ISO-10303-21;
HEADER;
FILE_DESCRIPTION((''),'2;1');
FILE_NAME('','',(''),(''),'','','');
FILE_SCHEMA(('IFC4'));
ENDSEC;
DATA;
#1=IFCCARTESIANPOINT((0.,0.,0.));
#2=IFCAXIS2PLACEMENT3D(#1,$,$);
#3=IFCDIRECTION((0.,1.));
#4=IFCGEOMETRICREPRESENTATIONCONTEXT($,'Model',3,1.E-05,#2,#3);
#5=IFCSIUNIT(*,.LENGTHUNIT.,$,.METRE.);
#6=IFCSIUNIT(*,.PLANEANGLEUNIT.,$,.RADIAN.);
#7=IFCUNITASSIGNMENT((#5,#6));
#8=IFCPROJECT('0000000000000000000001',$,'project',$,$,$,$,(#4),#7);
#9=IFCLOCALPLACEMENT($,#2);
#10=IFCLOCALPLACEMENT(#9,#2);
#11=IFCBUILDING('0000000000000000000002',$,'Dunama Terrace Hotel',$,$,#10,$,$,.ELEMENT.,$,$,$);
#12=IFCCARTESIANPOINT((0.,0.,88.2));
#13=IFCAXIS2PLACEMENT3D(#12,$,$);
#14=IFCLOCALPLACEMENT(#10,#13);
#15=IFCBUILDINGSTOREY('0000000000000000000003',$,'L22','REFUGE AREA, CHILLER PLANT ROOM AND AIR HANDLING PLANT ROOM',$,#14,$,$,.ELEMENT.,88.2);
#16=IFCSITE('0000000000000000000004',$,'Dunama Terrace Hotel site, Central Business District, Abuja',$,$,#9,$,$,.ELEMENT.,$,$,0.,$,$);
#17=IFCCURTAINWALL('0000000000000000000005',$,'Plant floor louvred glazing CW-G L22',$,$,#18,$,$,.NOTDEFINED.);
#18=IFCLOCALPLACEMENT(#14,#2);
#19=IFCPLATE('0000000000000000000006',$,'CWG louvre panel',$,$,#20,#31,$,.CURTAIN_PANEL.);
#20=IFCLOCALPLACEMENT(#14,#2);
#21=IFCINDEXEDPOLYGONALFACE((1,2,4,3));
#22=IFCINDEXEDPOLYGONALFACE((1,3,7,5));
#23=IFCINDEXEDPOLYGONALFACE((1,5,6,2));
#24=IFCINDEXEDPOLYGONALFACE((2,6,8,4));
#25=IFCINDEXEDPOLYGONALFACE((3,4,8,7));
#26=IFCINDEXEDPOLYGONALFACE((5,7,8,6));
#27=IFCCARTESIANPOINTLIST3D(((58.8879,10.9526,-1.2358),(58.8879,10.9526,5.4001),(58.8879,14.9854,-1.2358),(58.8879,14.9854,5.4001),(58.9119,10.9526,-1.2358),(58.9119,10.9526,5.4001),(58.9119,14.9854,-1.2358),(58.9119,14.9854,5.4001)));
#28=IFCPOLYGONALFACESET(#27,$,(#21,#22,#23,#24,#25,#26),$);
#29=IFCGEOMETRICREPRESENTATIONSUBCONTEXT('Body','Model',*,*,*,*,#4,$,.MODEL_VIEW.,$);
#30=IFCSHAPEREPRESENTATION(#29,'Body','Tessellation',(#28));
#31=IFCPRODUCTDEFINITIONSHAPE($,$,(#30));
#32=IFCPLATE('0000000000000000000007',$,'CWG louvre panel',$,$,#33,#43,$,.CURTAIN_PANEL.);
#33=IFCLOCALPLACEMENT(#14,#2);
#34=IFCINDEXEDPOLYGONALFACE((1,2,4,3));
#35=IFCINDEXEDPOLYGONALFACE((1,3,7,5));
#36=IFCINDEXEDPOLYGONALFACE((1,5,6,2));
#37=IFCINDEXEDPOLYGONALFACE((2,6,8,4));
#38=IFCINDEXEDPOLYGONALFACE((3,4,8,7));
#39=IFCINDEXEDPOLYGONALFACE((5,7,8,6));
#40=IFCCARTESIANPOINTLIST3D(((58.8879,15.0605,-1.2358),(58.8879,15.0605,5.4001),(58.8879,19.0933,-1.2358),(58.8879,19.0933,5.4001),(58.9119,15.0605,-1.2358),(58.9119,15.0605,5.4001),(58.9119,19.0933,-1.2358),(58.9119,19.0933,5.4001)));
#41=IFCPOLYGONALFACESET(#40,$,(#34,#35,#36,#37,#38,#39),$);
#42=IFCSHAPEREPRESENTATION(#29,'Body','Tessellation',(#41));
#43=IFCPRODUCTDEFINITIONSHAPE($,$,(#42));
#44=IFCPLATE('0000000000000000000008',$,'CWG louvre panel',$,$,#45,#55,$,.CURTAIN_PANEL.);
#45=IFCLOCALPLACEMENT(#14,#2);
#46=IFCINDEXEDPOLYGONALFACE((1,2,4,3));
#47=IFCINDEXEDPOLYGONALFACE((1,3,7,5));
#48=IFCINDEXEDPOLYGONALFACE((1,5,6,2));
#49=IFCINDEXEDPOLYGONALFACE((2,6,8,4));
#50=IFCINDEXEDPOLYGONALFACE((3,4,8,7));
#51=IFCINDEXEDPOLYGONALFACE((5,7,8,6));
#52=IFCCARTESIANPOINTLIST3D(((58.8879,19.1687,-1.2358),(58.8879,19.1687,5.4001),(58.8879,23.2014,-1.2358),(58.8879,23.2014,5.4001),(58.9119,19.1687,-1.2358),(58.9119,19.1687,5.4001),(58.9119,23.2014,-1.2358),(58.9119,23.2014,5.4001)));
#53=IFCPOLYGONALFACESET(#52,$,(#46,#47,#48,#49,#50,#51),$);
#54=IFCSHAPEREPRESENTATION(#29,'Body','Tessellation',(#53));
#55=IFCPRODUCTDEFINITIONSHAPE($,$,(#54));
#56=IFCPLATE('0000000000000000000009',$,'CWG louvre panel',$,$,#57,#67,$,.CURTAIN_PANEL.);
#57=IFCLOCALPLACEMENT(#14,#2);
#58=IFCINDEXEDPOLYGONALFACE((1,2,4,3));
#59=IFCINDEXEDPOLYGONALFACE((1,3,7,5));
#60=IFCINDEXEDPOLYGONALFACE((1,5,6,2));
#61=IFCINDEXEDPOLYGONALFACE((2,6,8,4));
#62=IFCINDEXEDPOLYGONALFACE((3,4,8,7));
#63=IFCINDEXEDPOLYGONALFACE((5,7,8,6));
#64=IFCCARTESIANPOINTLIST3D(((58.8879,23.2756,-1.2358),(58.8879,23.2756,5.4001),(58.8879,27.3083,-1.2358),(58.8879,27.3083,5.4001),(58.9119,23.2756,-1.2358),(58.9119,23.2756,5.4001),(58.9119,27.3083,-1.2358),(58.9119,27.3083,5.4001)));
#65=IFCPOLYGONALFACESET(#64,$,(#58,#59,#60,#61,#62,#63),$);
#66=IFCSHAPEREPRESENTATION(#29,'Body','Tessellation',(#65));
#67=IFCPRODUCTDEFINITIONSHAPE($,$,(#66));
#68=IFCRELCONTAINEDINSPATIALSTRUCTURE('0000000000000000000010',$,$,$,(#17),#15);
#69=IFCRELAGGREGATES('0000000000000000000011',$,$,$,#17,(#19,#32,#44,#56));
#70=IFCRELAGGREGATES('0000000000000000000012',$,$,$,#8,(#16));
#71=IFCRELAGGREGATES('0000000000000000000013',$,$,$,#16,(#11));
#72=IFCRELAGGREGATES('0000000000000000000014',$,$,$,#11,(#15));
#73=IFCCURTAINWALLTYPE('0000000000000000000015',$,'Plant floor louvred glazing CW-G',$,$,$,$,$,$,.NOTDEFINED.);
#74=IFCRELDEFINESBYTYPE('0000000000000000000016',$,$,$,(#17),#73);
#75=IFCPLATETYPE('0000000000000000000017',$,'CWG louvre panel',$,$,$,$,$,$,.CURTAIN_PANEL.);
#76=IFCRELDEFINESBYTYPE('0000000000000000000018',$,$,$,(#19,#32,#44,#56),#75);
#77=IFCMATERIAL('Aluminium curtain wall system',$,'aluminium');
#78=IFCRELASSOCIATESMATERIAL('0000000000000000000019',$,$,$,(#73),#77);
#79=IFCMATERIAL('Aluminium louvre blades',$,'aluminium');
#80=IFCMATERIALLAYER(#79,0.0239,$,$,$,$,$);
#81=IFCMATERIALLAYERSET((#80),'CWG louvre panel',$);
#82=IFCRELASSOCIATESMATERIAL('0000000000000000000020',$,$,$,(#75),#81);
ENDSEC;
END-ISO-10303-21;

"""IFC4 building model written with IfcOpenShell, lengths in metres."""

from ifc_helpers import new_model, si_unit, direction, frame, origin, origin_2d, place, context, subcontext, project, spatial, rectangle, extrude, material, layer, layer_set, type_object, element, aggregate, save


model = new_model("IFC4")

# Units and contexts
model_context = context("Model", 3, precision=1e-05, world=origin(), true_north=direction((0.0, 1.0)))
body_context = subcontext(model_context, "Body", "Model", "MODEL_VIEW")
ifc_project = project(units=[si_unit("LENGTHUNIT", "METRE"), si_unit("PLANEANGLEUNIT", "RADIAN")], contexts=[model_context])

# Site, building, storey
site_placement = place(None, origin())
site = spatial("IfcSite", under=ifc_project, at=site_placement, Name="Dunama Terrace Hotel site, Central Business District, Abuja", CompositionType="ELEMENT", RefElevation=0.0)
building_placement = place(site_placement, origin())
building = spatial("IfcBuilding", under=site, at=building_placement, Name="Dunama Terrace Hotel", CompositionType="ELEMENT")
storey_placement = place(building_placement, frame((0.0, 0.0, 88.2)))
storey = spatial("IfcBuildingStorey", under=building, at=storey_placement, Name="L22", Description="REFUGE AREA, CHILLER PLANT ROOM AND AIR HANDLING PLANT ROOM", CompositionType="ELEMENT", Elevation=88.2)

# Curtain wall
ifc_material_1 = material(Name="Aluminium curtain wall system", Category="aluminium")
curtain_wall_type = type_object("IfcCurtainWallType", Name="Plant floor louvred glazing CW-G", PredefinedType="NOTDEFINED", material=ifc_material_1)
curtain_wall_placement = place(storey_placement, origin())
curtain_wall = element("IfcCurtainWall", 1, at=curtain_wall_placement, inside=storey, type_object=curtain_wall_type, Name="Plant floor louvred glazing CW-G L22", PredefinedType="NOTDEFINED")

# Plates
ifc_material_2 = material(Name="Aluminium louvre blades", Category="aluminium")
ifc_layer = layer(ifc_material_2, 0.0239)
ifc_layer_set = layer_set([ifc_layer], Name="CWG louvre panel")
plate_type = type_object("IfcPlateType", Name="CWG louvre panel", PredefinedType="CURTAIN_PANEL", material=ifc_layer_set)
plate_1_placement = place(storey_placement, frame((58.8999, 12.969, -1.2358), z_axis=(0.0, 0.0, 1.0), x_axis=(0.0, 1.0, 0.0)))
plate_1 = element("IfcPlate", 2, at=plate_1_placement, type_object=plate_type, Name="CWG louvre panel", PredefinedType="CURTAIN_PANEL", context=body_context, shape_type="SweptSolid", body=[
    extrude(rectangle(XDim=4.0327, YDim=0.0239, at=origin_2d()), origin(), (0.0, 0.0, 1.0), 6.636),
])
plate_2_placement = place(storey_placement, frame((58.8999, 17.0769, -1.2358), z_axis=(0.0, 0.0, 1.0), x_axis=(0.0, 1.0, 0.0)))
plate_2 = element("IfcPlate", 3, at=plate_2_placement, type_object=plate_type, Name="CWG louvre panel", PredefinedType="CURTAIN_PANEL", context=body_context, shape_type="SweptSolid", body=[
    extrude(rectangle(XDim=4.0327, YDim=0.0239, at=origin_2d()), origin(), (0.0, 0.0, 1.0), 6.636),
])
plate_3_placement = place(storey_placement, frame((58.8999, 21.1851, -1.2358), z_axis=(0.0, 0.0, 1.0), x_axis=(0.0, 1.0, 0.0)))
plate_3 = element("IfcPlate", 4, at=plate_3_placement, type_object=plate_type, Name="CWG louvre panel", PredefinedType="CURTAIN_PANEL", context=body_context, shape_type="SweptSolid", body=[
    extrude(rectangle(XDim=4.0327, YDim=0.0239, at=origin_2d()), origin(), (0.0, 0.0, 1.0), 6.636),
])
plate_4_placement = place(storey_placement, frame((58.8999, 25.292, -1.2358), z_axis=(0.0, 0.0, 1.0), x_axis=(0.0, 1.0, 0.0)))
plate_4 = element("IfcPlate", 5, at=plate_4_placement, type_object=plate_type, Name="CWG louvre panel", PredefinedType="CURTAIN_PANEL", context=body_context, shape_type="SweptSolid", body=[
    extrude(rectangle(XDim=4.0327, YDim=0.0239, at=origin_2d()), origin(), (0.0, 0.0, 1.0), 6.636),
])
aggregate(curtain_wall, [plate_1, plate_2, plate_3, plate_4])

save(model, "model.ifc")
